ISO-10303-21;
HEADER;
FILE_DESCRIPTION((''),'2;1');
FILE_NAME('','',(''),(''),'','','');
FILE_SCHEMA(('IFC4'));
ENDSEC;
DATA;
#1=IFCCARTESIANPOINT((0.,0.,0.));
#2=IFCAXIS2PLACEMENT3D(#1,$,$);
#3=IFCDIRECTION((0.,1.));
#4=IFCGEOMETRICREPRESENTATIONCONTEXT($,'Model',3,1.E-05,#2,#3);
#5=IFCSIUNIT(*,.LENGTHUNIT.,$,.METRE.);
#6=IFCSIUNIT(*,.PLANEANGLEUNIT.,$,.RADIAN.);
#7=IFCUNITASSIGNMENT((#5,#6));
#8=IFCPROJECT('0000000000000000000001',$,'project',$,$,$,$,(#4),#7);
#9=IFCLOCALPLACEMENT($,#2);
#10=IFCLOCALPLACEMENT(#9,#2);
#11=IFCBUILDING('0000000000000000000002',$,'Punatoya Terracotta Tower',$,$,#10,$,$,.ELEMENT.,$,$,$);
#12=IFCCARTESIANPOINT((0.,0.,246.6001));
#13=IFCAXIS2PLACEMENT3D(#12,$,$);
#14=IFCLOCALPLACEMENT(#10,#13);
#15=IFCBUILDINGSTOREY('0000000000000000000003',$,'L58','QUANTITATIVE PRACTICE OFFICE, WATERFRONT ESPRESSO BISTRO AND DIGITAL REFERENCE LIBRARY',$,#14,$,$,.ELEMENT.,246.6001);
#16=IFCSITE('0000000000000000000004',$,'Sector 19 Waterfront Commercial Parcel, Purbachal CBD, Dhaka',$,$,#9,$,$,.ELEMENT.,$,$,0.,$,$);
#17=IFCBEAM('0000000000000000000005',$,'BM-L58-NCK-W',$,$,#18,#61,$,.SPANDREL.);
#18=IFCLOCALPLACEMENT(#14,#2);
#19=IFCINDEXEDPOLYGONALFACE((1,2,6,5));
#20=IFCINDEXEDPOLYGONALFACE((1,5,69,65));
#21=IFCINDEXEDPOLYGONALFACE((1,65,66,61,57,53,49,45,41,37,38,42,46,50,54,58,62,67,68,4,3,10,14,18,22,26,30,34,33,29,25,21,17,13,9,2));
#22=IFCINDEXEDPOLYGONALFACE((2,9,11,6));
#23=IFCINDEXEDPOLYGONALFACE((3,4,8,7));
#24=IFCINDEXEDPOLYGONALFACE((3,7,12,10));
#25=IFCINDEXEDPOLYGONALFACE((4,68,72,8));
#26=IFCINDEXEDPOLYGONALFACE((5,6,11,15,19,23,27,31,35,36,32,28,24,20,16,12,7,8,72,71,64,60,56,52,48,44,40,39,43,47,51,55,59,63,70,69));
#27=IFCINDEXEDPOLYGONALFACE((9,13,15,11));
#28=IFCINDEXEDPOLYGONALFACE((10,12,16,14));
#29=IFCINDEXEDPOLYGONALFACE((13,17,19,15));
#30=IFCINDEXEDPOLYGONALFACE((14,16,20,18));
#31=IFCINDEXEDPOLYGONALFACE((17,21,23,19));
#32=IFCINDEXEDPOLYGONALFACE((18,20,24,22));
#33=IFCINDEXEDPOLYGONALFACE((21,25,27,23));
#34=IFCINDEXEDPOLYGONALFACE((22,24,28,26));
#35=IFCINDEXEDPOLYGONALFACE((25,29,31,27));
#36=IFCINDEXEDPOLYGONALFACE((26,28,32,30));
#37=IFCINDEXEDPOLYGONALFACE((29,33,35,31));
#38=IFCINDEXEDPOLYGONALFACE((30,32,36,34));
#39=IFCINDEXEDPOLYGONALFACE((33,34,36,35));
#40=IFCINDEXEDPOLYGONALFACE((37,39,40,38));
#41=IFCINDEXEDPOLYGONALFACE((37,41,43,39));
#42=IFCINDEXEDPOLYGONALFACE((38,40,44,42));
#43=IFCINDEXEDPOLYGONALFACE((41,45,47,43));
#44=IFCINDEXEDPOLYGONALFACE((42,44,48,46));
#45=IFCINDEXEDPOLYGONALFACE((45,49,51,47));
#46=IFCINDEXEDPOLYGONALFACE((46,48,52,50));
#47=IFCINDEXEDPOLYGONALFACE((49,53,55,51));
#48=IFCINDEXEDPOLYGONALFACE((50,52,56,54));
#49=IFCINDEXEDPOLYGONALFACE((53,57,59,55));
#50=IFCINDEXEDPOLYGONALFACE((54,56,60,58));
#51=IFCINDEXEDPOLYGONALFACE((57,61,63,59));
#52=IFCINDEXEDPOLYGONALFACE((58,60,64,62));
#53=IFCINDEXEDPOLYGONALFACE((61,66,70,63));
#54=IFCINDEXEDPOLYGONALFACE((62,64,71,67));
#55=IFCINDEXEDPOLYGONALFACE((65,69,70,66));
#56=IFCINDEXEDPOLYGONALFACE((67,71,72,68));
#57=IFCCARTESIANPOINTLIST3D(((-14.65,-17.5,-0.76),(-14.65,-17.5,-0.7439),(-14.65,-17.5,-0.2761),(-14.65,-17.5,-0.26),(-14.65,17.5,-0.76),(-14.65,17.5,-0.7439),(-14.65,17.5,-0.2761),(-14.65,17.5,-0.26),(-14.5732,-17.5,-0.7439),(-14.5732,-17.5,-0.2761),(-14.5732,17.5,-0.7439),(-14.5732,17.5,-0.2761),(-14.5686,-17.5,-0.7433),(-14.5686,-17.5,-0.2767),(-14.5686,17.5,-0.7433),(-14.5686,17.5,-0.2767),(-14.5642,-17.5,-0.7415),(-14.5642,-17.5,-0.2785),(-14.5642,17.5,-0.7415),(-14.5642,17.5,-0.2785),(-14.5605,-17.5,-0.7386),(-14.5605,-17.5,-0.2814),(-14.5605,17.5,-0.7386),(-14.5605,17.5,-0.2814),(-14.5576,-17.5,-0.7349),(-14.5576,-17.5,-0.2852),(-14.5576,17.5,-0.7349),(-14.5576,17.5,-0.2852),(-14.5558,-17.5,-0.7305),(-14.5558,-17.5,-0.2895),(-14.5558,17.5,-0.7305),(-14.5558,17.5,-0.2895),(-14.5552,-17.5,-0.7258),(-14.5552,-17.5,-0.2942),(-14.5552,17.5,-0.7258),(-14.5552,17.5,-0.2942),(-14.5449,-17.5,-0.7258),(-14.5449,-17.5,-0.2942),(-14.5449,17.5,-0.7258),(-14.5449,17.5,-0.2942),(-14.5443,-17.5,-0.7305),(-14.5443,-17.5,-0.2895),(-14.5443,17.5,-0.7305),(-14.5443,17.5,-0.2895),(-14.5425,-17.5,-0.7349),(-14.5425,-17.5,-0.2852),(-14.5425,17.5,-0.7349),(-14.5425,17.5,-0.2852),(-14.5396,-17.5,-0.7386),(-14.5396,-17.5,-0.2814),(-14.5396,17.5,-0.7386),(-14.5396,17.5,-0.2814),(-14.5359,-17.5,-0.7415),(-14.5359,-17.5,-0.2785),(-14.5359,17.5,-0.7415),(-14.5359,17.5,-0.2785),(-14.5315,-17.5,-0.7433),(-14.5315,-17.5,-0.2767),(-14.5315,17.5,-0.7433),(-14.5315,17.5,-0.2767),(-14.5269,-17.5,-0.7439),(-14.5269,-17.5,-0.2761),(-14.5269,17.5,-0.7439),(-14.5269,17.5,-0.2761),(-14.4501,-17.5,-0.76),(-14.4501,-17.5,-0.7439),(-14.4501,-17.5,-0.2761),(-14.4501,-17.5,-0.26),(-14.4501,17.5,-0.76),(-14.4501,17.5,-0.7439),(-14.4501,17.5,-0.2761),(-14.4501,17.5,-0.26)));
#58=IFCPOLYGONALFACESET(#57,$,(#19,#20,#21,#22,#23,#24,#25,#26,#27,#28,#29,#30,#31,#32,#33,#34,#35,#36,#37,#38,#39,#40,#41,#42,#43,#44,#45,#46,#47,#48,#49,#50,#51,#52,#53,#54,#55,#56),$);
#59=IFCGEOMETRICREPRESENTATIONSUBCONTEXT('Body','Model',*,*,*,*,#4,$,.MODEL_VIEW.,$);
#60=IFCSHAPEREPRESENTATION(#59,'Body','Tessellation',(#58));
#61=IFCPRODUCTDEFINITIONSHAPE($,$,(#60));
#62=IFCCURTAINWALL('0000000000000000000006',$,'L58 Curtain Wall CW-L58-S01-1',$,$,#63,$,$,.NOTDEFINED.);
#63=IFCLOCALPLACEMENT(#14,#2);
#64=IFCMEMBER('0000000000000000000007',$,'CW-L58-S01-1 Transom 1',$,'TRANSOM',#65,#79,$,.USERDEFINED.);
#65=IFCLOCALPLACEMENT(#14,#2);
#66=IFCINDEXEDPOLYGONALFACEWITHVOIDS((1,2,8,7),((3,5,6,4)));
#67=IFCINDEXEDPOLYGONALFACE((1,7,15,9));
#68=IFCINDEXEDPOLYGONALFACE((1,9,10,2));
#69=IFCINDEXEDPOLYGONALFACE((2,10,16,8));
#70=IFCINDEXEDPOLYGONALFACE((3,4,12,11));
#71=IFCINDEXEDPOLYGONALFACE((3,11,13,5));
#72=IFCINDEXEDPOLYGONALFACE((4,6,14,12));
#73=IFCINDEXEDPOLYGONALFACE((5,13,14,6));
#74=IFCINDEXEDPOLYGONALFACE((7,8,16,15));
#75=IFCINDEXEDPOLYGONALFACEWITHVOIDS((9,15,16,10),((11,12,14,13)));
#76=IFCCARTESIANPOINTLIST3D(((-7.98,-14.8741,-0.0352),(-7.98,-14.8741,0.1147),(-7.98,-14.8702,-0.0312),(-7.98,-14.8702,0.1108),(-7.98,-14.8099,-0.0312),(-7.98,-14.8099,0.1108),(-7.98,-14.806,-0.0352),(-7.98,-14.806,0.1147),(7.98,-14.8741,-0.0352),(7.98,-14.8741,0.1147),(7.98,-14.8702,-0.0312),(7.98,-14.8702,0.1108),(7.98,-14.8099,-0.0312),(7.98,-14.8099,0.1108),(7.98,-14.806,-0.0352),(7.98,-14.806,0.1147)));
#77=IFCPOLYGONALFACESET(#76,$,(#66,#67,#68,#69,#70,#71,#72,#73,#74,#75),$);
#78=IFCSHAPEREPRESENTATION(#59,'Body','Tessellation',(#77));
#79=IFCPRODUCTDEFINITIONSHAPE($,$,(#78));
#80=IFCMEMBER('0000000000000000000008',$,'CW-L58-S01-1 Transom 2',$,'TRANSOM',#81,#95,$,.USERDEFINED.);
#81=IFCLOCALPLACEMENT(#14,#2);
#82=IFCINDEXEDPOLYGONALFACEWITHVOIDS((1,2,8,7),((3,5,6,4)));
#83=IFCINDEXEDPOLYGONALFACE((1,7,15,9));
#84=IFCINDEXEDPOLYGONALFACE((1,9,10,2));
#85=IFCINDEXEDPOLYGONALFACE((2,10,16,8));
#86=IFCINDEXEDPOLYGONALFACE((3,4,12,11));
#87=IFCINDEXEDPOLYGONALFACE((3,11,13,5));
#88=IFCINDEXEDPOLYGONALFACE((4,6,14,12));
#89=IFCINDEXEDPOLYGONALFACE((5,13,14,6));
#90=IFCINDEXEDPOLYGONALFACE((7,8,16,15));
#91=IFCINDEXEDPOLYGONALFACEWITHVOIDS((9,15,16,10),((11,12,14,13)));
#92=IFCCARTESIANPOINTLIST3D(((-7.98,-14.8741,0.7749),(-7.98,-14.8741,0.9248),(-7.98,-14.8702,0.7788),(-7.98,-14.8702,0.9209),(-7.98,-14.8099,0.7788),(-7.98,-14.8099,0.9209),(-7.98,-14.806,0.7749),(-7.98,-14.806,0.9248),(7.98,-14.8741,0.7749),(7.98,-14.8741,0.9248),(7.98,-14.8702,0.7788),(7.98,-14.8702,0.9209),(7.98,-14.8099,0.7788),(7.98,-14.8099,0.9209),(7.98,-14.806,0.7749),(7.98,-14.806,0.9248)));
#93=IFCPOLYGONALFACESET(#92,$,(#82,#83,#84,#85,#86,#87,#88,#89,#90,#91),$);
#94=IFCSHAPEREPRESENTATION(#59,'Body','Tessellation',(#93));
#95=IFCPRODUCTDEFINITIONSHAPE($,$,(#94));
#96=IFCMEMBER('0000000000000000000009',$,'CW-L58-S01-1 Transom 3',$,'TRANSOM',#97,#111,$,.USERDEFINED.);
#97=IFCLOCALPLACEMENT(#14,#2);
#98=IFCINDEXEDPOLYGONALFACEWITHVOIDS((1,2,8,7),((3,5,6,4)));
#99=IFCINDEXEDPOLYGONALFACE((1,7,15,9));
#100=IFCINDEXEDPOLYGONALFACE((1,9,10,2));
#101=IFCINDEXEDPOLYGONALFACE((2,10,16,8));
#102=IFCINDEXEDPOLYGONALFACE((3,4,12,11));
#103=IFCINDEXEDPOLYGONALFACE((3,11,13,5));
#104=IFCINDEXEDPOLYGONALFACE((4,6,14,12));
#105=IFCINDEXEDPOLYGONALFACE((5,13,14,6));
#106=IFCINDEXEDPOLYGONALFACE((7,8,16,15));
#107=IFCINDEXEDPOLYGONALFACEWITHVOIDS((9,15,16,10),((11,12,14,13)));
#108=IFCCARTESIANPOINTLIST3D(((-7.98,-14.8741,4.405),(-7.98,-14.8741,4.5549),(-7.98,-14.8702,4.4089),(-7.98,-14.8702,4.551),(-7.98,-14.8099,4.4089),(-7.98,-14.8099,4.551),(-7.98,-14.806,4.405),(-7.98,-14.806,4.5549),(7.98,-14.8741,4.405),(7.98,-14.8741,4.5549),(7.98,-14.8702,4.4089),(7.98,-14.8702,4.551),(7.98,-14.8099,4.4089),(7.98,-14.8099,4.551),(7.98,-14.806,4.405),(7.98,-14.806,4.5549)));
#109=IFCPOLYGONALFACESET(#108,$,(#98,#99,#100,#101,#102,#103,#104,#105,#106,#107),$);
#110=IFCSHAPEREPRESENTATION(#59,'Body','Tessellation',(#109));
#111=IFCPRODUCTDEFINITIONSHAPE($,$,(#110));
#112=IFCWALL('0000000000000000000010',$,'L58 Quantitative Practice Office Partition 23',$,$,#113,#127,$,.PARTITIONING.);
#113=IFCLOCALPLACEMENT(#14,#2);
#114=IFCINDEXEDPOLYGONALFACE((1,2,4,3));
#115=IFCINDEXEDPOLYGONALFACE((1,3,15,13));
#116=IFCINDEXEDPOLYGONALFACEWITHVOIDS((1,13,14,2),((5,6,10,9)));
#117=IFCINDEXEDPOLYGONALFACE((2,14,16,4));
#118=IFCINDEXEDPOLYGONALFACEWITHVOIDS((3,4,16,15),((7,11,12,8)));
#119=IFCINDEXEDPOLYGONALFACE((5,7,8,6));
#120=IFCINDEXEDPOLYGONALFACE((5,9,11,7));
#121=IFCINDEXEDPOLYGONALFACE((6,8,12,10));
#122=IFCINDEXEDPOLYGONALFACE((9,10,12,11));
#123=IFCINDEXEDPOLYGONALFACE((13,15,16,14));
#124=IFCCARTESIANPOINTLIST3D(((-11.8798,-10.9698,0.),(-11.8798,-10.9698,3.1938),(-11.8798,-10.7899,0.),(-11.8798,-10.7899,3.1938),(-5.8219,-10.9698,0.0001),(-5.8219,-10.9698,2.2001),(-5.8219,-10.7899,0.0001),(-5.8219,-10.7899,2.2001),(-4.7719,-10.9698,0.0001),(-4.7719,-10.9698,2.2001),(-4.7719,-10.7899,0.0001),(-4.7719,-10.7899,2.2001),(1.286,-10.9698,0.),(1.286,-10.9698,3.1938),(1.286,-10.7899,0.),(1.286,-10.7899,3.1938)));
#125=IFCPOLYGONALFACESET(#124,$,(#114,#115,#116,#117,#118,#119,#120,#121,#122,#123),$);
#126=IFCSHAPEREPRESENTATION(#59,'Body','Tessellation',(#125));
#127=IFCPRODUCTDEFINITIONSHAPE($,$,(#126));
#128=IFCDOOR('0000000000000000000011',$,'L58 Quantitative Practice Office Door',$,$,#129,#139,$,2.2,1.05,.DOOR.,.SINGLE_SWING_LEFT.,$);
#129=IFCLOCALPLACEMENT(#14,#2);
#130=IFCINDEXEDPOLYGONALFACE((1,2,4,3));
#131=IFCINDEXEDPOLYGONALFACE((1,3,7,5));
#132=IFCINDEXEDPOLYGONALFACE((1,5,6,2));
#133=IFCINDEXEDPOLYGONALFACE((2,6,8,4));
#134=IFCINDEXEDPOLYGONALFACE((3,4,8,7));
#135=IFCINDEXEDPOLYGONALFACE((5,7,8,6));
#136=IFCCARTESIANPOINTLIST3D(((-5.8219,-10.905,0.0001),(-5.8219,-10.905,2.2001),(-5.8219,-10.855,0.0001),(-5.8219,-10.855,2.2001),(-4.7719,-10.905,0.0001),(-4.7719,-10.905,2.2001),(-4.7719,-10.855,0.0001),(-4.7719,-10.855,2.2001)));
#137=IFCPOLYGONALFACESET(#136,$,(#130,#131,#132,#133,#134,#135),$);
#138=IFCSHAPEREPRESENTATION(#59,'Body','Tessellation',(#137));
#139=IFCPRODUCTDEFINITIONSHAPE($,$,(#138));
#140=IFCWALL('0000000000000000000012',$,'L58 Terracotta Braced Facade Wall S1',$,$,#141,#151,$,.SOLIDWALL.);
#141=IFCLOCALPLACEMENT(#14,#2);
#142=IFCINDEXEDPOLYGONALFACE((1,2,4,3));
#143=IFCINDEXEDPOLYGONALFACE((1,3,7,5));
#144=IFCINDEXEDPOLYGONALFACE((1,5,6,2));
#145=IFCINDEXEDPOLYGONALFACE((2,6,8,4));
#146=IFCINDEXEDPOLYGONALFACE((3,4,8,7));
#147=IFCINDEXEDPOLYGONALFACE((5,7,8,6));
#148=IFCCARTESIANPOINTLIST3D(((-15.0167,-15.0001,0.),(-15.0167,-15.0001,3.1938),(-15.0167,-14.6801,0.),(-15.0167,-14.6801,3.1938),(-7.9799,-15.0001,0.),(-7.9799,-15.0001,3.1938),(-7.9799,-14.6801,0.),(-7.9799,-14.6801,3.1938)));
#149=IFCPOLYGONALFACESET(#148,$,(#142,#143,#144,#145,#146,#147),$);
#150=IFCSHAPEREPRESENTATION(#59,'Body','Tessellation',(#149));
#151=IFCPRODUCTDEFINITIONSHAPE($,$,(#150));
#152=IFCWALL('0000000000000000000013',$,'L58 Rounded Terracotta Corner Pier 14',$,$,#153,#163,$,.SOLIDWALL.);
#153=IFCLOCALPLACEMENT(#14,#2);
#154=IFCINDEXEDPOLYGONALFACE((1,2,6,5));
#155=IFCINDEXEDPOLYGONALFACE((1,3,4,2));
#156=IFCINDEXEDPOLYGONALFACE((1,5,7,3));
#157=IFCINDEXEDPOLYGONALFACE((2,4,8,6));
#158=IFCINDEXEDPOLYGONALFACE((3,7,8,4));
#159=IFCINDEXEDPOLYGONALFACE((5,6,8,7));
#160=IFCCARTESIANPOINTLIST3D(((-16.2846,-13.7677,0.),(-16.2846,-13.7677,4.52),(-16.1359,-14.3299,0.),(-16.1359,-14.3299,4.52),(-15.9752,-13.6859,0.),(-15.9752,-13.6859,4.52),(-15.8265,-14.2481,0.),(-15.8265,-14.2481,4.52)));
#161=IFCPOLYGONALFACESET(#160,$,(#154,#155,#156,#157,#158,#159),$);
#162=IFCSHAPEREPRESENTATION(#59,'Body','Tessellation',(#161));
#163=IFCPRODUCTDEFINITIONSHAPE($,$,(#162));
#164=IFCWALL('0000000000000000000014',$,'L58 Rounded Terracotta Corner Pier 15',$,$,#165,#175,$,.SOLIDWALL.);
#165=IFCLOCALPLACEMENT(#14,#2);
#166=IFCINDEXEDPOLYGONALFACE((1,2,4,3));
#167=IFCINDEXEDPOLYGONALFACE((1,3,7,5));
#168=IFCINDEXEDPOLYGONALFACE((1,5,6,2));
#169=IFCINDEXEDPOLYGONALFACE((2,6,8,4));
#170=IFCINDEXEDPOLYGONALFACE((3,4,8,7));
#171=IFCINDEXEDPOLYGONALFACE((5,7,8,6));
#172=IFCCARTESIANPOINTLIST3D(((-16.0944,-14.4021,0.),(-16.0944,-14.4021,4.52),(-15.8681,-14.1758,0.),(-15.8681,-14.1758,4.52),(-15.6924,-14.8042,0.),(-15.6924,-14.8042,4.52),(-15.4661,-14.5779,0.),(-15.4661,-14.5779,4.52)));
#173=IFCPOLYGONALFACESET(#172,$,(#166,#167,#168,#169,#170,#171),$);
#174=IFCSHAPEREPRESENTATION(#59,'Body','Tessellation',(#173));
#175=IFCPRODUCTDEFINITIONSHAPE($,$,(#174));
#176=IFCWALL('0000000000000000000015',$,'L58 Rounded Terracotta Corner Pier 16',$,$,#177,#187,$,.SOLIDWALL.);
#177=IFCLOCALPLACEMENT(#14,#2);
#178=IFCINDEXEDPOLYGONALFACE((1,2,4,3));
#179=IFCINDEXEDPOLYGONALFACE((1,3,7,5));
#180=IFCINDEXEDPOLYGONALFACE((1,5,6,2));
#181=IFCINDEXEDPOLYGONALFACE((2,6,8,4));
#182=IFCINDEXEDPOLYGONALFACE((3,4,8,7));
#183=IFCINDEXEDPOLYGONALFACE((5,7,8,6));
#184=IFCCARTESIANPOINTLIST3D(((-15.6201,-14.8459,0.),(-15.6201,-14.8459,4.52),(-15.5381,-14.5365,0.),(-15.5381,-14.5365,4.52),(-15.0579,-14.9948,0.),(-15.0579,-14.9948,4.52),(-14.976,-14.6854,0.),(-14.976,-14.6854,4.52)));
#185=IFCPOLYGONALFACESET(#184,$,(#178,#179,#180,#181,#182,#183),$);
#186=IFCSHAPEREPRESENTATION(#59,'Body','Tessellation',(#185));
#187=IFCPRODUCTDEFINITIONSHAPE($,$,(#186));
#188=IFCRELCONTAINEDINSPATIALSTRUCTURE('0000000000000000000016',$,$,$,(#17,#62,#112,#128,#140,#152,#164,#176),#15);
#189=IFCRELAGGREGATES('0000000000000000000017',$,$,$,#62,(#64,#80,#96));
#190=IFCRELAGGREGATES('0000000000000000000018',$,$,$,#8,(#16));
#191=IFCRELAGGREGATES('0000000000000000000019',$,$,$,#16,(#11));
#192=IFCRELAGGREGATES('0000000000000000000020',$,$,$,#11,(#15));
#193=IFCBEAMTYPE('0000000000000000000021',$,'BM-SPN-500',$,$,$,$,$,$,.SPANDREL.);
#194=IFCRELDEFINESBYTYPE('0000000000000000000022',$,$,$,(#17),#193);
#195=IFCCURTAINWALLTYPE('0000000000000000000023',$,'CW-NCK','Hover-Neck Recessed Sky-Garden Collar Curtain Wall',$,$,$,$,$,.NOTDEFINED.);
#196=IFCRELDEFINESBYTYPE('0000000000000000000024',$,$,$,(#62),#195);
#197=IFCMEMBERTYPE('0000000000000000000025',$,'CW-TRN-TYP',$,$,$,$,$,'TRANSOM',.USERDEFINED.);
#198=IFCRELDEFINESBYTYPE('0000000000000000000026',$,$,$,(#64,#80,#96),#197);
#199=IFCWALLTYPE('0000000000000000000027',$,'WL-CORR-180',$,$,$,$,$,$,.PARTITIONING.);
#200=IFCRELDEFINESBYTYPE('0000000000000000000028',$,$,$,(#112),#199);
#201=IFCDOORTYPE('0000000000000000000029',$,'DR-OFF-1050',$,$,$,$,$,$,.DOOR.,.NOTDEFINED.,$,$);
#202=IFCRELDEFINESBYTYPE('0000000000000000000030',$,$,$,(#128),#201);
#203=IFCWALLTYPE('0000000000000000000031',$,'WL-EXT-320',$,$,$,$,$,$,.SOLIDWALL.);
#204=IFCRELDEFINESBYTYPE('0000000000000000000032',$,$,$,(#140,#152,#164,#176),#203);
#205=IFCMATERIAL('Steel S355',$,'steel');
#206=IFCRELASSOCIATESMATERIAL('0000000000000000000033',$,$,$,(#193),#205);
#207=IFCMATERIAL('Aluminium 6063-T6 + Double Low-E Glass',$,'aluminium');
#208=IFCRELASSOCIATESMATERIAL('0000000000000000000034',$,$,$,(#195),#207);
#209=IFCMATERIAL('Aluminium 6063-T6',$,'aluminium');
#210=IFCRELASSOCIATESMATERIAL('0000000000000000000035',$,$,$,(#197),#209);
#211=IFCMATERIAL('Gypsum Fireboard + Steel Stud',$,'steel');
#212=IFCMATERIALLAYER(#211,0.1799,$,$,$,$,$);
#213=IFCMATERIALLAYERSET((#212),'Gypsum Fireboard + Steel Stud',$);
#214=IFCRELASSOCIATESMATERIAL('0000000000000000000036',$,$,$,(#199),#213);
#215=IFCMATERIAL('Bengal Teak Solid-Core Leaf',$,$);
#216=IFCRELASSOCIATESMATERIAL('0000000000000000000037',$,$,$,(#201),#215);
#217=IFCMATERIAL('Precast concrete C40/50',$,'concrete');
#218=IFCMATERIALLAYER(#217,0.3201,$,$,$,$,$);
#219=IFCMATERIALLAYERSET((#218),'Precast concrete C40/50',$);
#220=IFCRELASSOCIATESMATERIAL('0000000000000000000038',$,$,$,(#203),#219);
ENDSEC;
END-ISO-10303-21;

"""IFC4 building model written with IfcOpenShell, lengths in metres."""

from ifc_helpers import new_model, si_unit, direction, frame, frame_2d, origin, origin_2d, place, context, subcontext, project, spatial, rectangle, hollow_rectangle, i_section, extrude, material, layer, layer_set, material_profile, profile_set, type_object, element, fill, aggregate, save


model = new_model("IFC4")

# Units and contexts
model_context = context("Model", 3, precision=1e-05, world=origin(), true_north=direction((0.0, 1.0)))
body_context = subcontext(model_context, "Body", "Model", "MODEL_VIEW")
ifc_project = project(units=[si_unit("LENGTHUNIT", "METRE"), si_unit("PLANEANGLEUNIT", "RADIAN")], contexts=[model_context])

# Site, building, storey
site_placement = place(None, origin())
site = spatial("IfcSite", under=ifc_project, at=site_placement, Name="Sector 19 Waterfront Commercial Parcel, Purbachal CBD, Dhaka", CompositionType="ELEMENT", RefElevation=0.0)
building_placement = place(site_placement, origin())
building = spatial("IfcBuilding", under=site, at=building_placement, Name="Punatoya Terracotta Tower", CompositionType="ELEMENT")
storey_placement = place(building_placement, frame((0.0, 0.0, 246.6001)))
storey = spatial("IfcBuildingStorey", under=building, at=storey_placement, Name="L58", Description="QUANTITATIVE PRACTICE OFFICE, WATERFRONT ESPRESSO BISTRO AND DIGITAL REFERENCE LIBRARY", CompositionType="ELEMENT", Elevation=246.6001)

# Beam
ifc_material_1 = material(Name="Steel S355", Category="steel")
ifc_material_profile_1 = material_profile(ifc_material_1, i_section(OverallWidth=0.2, OverallDepth=0.5, WebThickness=0.0103, FlangeThickness=0.0161, FilletRadius=0.0181, at=origin_2d()))
ifc_profile_set_1 = profile_set([ifc_material_profile_1], Name="Steel S355")
beam_type_1 = type_object("IfcBeamType", Name="BM-SPN-500", PredefinedType="SPANDREL", material=ifc_profile_set_1)
beam_1_placement = place(storey_placement, frame((-14.55, -17.5, -0.51), z_axis=(0.0, 1.0, 0.0), x_axis=(-1.0, 0.0, 0.0)))
element("IfcBeam", 1, at=beam_1_placement, inside=storey, type_object=beam_type_1, Name="BM-L58-NCK-W", PredefinedType="SPANDREL", context=body_context, shape_type="SweptSolid", body=[
    extrude(i_section(OverallWidth=0.2, OverallDepth=0.5, WebThickness=0.0103, FlangeThickness=0.0161, FilletRadius=0.0181, at=origin_2d()), origin(), (0.0, 0.0, 1.0), 35.0),
])

# Curtain wall, members
ifc_material_2 = material(Name="Aluminium 6063-T6 + Double Low-E Glass", Category="aluminium")
curtain_wall_type = type_object("IfcCurtainWallType", Name="CW-NCK", Description="Hover-Neck Recessed Sky-Garden Collar Curtain Wall", PredefinedType="NOTDEFINED", material=ifc_material_2)
curtain_wall_placement = place(storey_placement, origin())
curtain_wall = element("IfcCurtainWall", 2, at=curtain_wall_placement, inside=storey, type_object=curtain_wall_type, Name="L58 Curtain Wall CW-L58-S01-1", PredefinedType="NOTDEFINED")
ifc_material_3 = material(Name="Aluminium 6063-T6", Category="aluminium")
ifc_material_profile_2 = material_profile(ifc_material_3, hollow_rectangle(XDim=0.0681, YDim=0.1499, WallThickness=0.0039, at=origin_2d()))
ifc_profile_set_2 = profile_set([ifc_material_profile_2], Name="Aluminium 6063-T6")
member_type = type_object("IfcMemberType", Name="CW-TRN-TYP", ElementType="TRANSOM", PredefinedType="USERDEFINED", material=ifc_profile_set_2)
member_1_placement = place(storey_placement, frame((-7.98, -14.8401, 0.0398), z_axis=(1.0, 0.0, 0.0), x_axis=(0.0, 1.0, 0.0)))
member_1 = element("IfcMember", 3, at=member_1_placement, type_object=member_type, Name="CW-L58-S01-1 Transom 1", ObjectType="TRANSOM", PredefinedType="USERDEFINED", context=body_context, shape_type="SweptSolid", body=[
    extrude(hollow_rectangle(XDim=0.0681, YDim=0.1499, WallThickness=0.0039, at=origin_2d()), origin(), (0.0, 0.0, 1.0), 15.96),
])
member_2_placement = place(storey_placement, frame((-7.98, -14.8401, 0.8499), z_axis=(1.0, 0.0, 0.0), x_axis=(0.0, 1.0, 0.0)))
member_2 = element("IfcMember", 4, at=member_2_placement, type_object=member_type, Name="CW-L58-S01-1 Transom 2", ObjectType="TRANSOM", PredefinedType="USERDEFINED", context=body_context, shape_type="SweptSolid", body=[
    extrude(hollow_rectangle(XDim=0.0681, YDim=0.1499, WallThickness=0.0039, at=origin_2d()), origin(), (0.0, 0.0, 1.0), 15.96),
])
member_3_placement = place(storey_placement, frame((-7.98, -14.8401, 4.48), z_axis=(1.0, 0.0, 0.0), x_axis=(0.0, 1.0, 0.0)))
member_3 = element("IfcMember", 5, at=member_3_placement, type_object=member_type, Name="CW-L58-S01-1 Transom 3", ObjectType="TRANSOM", PredefinedType="USERDEFINED", context=body_context, shape_type="SweptSolid", body=[
    extrude(hollow_rectangle(XDim=0.0681, YDim=0.1499, WallThickness=0.0039, at=origin_2d()), origin(), (0.0, 0.0, 1.0), 15.96),
])
aggregate(curtain_wall, [member_1, member_2, member_3])

# Wall, opening, door
ifc_material_4 = material(Name="Gypsum Fireboard + Steel Stud", Category="steel")
ifc_layer_1 = layer(ifc_material_4, 0.1799)
ifc_layer_set_1 = layer_set([ifc_layer_1], Name="Gypsum Fireboard + Steel Stud")
wall_type_1 = type_object("IfcWallType", Name="WL-CORR-180", PredefinedType="PARTITIONING", material=ifc_layer_set_1)
wall_1_placement = place(storey_placement, frame((-11.8799, -10.8799, 0.0), z_axis=(0.0, 0.0, 1.0), x_axis=(1.0, 0.0, 0.0)))
wall_1 = element("IfcWall", 6, at=wall_1_placement, inside=storey, type_object=wall_type_1, Name="L58 Quantitative Practice Office Partition 23", PredefinedType="PARTITIONING", context=body_context, shape_type="SweptSolid", body=[
    extrude(rectangle(XDim=13.1658, YDim=0.1799, at=frame_2d((6.583, 0.0))), origin(), (0.0, 0.0, 1.0), 3.1938),
])
opening_placement = place(wall_1_placement, frame((6.0581, 0.0, 0.0)))
opening = element("IfcOpeningElement", 7, at=opening_placement, cuts=wall_1, PredefinedType="OPENING", context=body_context, shape_type="SweptSolid", body=[
    extrude(rectangle(XDim=1.05, YDim=2.2, at=frame_2d((0.5249, 1.1001))), frame((0.0, 0.0999, 0.0), z_axis=(0.0, -1.0, 0.0), x_axis=(1.0, 0.0, 0.0)), (0.0, 0.0, 1.0), 0.2),
])
ifc_material_5 = material(Name="Bengal Teak Solid-Core Leaf")
door_type = type_object("IfcDoorType", Name="DR-OFF-1050", OperationType="NOTDEFINED", PredefinedType="DOOR", material=ifc_material_5)
door_placement = place(opening_placement, origin())
door = element("IfcDoor", 8, at=door_placement, inside=storey, type_object=door_type, Name="L58 Quantitative Practice Office Door", OperationType="SINGLE_SWING_LEFT", OverallHeight=2.2, OverallWidth=1.05, PredefinedType="DOOR", context=body_context, shape_type="SweptSolid", body=[
    extrude(rectangle(XDim=1.05, YDim=2.2, at=frame_2d((0.5249, 1.1001))), frame((0.0, 0.0249, 0.0), z_axis=(0.0, -1.0, 0.0), x_axis=(1.0, 0.0, 0.0)), (0.0, 0.0, 1.0), 0.05),
])
fill(opening, door)

# Walls
ifc_material_6 = material(Name="Precast concrete C40/50", Category="concrete")
ifc_layer_2 = layer(ifc_material_6, 0.3201)
ifc_layer_set_2 = layer_set([ifc_layer_2], Name="Precast concrete C40/50")
wall_type_2 = type_object("IfcWallType", Name="WL-EXT-320", PredefinedType="SOLIDWALL", material=ifc_layer_set_2)
wall_2_placement = place(storey_placement, frame((-15.0168, -14.8401, 0.0), z_axis=(0.0, 0.0, 1.0), x_axis=(1.0, 0.0, 0.0)))
element("IfcWall", 9, at=wall_2_placement, inside=storey, type_object=wall_type_2, Name="L58 Terracotta Braced Facade Wall S1", PredefinedType="SOLIDWALL", context=body_context, shape_type="SweptSolid", body=[
    extrude(rectangle(XDim=7.0369, YDim=0.3201, at=frame_2d((3.5186, 0.0))), origin(), (0.0, 0.0, 1.0), 3.1938),
])
wall_3_placement = place(storey_placement, frame((-16.1299, -13.7268, 0.0), z_axis=(0.0, 0.0, 1.0), x_axis=(0.25565, -0.966769, 0.0)))
element("IfcWall", 10, at=wall_3_placement, inside=storey, type_object=wall_type_2, Name="L58 Rounded Terracotta Corner Pier 14", PredefinedType="SOLIDWALL", context=body_context, shape_type="SweptSolid", body=[
    extrude(rectangle(XDim=0.5815, YDim=0.3201, at=frame_2d((0.2908, 0.0))), origin(), (0.0, 0.0, 1.0), 4.52),
])
wall_4_placement = place(storey_placement, frame((-15.9812, -14.2891, 0.0), z_axis=(0.0, 0.0, 1.0), x_axis=(0.707107, -0.707107, 0.0)))
element("IfcWall", 11, at=wall_4_placement, inside=storey, type_object=wall_type_2, Name="L58 Rounded Terracotta Corner Pier 15", PredefinedType="SOLIDWALL", context=body_context, shape_type="SweptSolid", body=[
    extrude(rectangle(XDim=0.5686, YDim=0.3201, at=frame_2d((0.2842, 0.0))), origin(), (0.0, 0.0, 1.0), 4.52),
])
wall_5_placement = place(storey_placement, frame((-15.5791, -14.6912, 0.0), z_axis=(0.0, 0.0, 1.0), x_axis=(0.966666, -0.256043, 0.0)))
element("IfcWall", 12, at=wall_5_placement, inside=storey, type_object=wall_type_2, Name="L58 Rounded Terracotta Corner Pier 16", PredefinedType="SOLIDWALL", context=body_context, shape_type="SweptSolid", body=[
    extrude(rectangle(XDim=0.5815, YDim=0.3201, at=frame_2d((0.2908, 0.0))), origin(), (0.0, 0.0, 1.0), 4.52),
])

save(model, "model.ifc")
